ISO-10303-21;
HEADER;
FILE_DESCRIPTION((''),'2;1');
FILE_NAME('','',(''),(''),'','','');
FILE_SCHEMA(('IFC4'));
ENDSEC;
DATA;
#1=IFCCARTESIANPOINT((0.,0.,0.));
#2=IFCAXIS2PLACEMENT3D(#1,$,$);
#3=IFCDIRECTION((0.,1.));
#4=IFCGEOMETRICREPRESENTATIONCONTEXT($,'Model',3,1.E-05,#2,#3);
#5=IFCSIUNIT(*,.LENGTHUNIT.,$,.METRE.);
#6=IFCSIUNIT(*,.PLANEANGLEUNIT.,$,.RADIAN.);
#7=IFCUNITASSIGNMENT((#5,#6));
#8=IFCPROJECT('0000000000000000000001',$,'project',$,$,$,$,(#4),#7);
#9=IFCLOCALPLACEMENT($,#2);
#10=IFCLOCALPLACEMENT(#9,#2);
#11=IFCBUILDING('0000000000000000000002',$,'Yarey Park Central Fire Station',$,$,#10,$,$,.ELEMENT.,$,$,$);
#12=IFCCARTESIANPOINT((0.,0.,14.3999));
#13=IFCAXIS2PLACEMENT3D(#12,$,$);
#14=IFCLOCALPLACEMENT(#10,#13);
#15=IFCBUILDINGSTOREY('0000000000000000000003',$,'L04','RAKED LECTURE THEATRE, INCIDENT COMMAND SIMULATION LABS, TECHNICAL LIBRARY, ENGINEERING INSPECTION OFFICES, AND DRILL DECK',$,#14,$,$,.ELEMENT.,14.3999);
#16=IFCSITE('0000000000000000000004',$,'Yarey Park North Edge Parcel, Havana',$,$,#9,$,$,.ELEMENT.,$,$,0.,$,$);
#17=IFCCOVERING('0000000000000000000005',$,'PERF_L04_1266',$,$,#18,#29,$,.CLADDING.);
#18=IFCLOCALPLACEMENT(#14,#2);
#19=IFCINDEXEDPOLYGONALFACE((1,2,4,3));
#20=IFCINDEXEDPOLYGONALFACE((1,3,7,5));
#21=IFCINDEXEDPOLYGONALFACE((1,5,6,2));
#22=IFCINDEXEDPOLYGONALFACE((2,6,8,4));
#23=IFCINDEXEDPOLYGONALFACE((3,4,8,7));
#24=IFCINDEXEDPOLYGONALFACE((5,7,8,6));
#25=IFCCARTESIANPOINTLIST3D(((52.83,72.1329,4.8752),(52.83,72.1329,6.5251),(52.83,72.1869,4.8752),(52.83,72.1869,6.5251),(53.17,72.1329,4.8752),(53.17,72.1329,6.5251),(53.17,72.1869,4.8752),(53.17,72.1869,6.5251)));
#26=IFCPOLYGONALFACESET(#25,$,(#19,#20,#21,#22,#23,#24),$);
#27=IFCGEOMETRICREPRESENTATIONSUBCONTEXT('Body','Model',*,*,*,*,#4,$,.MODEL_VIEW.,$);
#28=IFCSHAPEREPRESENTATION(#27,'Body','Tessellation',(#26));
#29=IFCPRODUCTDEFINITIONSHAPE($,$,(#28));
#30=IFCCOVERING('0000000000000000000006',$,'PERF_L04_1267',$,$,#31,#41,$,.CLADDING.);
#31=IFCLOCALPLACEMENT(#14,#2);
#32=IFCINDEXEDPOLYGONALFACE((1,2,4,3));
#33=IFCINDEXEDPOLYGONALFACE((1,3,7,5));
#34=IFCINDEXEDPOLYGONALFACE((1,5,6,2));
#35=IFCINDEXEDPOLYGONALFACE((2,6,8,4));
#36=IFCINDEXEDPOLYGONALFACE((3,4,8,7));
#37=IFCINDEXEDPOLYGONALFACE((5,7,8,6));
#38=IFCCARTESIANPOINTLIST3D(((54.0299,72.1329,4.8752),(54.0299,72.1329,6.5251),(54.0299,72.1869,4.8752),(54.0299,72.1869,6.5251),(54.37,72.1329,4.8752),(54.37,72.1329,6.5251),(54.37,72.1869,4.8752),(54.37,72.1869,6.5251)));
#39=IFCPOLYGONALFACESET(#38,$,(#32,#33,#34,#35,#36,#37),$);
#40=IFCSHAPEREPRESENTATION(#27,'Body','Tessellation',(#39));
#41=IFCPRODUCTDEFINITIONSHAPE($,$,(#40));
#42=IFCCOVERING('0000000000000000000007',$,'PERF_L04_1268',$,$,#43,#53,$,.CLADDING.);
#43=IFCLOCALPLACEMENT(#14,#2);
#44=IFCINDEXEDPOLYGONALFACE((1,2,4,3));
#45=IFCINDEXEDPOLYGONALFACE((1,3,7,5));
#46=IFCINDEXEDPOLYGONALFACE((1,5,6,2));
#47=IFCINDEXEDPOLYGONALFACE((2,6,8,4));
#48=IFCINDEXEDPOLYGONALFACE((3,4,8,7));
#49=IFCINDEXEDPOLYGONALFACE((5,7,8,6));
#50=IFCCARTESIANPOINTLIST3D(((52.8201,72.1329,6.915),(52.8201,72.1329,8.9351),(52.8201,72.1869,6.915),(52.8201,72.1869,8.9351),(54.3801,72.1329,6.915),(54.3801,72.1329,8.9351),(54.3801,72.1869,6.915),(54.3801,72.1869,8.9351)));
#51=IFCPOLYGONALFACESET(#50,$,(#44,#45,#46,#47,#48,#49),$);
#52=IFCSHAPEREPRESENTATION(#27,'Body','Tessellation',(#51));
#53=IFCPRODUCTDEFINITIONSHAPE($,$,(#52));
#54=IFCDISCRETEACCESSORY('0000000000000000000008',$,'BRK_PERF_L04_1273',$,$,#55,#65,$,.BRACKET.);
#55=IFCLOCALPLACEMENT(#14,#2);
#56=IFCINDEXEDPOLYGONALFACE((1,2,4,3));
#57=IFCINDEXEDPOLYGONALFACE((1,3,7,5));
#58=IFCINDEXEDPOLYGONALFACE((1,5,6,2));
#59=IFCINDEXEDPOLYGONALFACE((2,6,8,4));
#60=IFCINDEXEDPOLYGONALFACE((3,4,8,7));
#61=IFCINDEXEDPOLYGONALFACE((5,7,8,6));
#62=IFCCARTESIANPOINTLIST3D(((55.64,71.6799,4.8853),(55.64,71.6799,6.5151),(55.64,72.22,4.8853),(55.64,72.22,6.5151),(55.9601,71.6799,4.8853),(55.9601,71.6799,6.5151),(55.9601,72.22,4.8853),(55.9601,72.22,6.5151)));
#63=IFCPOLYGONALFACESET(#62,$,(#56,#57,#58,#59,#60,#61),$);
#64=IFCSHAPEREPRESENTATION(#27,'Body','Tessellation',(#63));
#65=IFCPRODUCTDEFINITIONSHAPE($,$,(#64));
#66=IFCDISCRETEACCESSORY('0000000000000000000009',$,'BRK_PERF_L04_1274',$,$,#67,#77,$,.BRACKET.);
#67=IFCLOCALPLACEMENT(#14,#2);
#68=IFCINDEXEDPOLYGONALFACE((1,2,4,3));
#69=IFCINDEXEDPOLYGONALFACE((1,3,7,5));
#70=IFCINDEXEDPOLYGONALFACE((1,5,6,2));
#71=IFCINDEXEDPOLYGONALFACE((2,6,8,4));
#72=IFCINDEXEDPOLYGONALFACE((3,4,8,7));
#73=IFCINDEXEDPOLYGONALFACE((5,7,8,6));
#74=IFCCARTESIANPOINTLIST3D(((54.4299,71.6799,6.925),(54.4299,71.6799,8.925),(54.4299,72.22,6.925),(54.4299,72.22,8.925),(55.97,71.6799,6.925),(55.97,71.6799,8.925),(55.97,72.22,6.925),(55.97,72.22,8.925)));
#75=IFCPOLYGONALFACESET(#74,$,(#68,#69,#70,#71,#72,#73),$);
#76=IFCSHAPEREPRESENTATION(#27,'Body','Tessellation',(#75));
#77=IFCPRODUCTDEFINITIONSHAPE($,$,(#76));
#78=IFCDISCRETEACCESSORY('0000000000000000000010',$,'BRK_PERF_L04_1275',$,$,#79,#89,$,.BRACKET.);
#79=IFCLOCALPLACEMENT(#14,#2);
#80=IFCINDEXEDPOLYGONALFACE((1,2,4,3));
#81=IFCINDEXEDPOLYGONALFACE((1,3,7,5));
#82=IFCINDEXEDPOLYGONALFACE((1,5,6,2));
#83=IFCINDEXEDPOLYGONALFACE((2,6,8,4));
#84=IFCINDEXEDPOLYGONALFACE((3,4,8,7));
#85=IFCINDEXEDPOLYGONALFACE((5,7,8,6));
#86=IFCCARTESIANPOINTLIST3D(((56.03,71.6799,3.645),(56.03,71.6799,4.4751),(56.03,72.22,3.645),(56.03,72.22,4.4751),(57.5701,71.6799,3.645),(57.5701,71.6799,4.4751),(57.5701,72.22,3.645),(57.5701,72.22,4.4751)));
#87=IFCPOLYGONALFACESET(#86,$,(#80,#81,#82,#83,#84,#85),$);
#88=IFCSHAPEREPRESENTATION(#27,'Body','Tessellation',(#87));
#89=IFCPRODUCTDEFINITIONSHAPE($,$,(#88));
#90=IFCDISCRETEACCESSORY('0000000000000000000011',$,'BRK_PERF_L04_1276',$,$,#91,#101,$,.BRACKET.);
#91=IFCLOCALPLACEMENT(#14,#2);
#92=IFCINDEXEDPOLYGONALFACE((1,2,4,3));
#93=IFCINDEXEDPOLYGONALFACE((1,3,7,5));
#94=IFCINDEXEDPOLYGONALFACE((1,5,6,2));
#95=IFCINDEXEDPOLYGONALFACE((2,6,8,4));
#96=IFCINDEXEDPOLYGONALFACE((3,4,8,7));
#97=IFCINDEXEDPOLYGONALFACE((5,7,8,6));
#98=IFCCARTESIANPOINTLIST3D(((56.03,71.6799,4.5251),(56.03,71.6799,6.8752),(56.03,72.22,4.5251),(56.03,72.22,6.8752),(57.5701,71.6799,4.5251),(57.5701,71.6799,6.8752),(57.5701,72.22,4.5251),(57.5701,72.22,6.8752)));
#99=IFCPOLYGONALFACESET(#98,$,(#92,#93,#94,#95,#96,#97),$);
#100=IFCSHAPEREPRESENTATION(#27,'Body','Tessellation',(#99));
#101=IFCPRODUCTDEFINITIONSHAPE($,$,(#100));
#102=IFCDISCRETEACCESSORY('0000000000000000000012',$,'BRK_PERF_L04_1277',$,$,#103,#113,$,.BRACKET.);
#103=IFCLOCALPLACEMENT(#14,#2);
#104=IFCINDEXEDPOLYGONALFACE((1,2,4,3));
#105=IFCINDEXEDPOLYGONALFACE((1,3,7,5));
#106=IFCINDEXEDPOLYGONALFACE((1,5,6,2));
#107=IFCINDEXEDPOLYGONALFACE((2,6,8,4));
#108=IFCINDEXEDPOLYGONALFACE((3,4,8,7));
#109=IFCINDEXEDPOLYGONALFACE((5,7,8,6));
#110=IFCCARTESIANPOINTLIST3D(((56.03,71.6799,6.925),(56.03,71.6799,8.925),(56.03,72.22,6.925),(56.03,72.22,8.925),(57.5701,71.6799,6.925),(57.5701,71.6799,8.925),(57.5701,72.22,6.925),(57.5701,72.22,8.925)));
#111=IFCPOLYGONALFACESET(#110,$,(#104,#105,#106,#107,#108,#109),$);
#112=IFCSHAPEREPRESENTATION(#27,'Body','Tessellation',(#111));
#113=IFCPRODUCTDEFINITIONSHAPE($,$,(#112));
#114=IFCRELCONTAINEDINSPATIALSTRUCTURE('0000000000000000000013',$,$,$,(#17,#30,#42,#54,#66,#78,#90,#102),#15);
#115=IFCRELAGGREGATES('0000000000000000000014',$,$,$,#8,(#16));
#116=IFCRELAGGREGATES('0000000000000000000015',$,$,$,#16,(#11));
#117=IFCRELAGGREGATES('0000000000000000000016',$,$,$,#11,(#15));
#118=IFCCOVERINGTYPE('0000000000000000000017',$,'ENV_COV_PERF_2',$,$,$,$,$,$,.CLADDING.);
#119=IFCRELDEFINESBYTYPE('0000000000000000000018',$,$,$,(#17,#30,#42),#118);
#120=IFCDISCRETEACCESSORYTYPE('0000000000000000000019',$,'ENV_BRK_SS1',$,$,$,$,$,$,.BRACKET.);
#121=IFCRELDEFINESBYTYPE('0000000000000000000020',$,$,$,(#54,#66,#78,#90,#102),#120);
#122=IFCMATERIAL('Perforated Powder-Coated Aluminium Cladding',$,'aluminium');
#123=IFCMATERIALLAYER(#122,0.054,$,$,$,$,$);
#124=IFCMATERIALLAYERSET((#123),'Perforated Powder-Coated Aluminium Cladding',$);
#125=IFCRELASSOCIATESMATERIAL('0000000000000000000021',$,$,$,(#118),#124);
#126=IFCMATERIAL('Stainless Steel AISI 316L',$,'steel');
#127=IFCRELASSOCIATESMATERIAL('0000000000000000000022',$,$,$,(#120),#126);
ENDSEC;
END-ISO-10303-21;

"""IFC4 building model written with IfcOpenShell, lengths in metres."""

from ifc_helpers import new_model, si_unit, direction, frame, origin, origin_2d, place, context, subcontext, project, spatial, rectangle, extrude, material, layer, layer_set, type_object, element, save


model = new_model("IFC4")

# Units and contexts
model_context = context("Model", 3, precision=1e-05, world=origin(), true_north=direction((0.0, 1.0)))
body_context = subcontext(model_context, "Body", "Model", "MODEL_VIEW")
ifc_project = project(units=[si_unit("LENGTHUNIT", "METRE"), si_unit("PLANEANGLEUNIT", "RADIAN")], contexts=[model_context])

# Site, building, storey
site_placement = place(None, origin())
site = spatial("IfcSite", under=ifc_project, at=site_placement, Name="Yarey Park North Edge Parcel, Havana", CompositionType="ELEMENT", RefElevation=0.0)
building_placement = place(site_placement, origin())
building = spatial("IfcBuilding", under=site, at=building_placement, Name="Yarey Park Central Fire Station", CompositionType="ELEMENT")
storey_placement = place(building_placement, frame((0.0, 0.0, 14.3999)))
storey = spatial("IfcBuildingStorey", under=building, at=storey_placement, Name="L04", Description="RAKED LECTURE THEATRE, INCIDENT COMMAND SIMULATION LABS, TECHNICAL LIBRARY, ENGINEERING INSPECTION OFFICES, AND DRILL DECK", CompositionType="ELEMENT", Elevation=14.3999)

# Coverings
ifc_material_1 = material(Name="Perforated Powder-Coated Aluminium Cladding", Category="aluminium")
ifc_layer_1 = layer(ifc_material_1, 0.054)
ifc_layer_set_1 = layer_set([ifc_layer_1], Name="Perforated Powder-Coated Aluminium Cladding")
covering_type_1 = type_object("IfcCoveringType", Name="ENV_COV_PERF_2", PredefinedType="CLADDING", material=ifc_layer_set_1)
for number, where, z_axis, x_axis, name in (
    (1, (53.0, 72.1599, 4.8752), (0.0, 0.0, 1.0), (1.0, 0.0, 0.0), "PERF_L04_1266"),
    (2, (54.2, 72.1599, 4.8752), (0.0, 0.0, 1.0), (1.0, 0.0, 0.0), "PERF_L04_1267"),
):
    element("IfcCovering", number, at=place(storey_placement, frame(where, z_axis=z_axis, x_axis=x_axis)), inside=storey, type_object=covering_type_1, Name=name, PredefinedType="CLADDING", context=body_context, shape_type="SweptSolid", body=[
        extrude(rectangle(XDim=0.3401, YDim=0.054, at=origin_2d()), origin(), (0.0, 0.0, 1.0), 1.6499),
    ])
covering_1_placement = place(storey_placement, frame((53.6001, 72.1599, 6.915), z_axis=(0.0, 0.0, 1.0), x_axis=(1.0, 0.0, 0.0)))
element("IfcCovering", 3, at=covering_1_placement, inside=storey, type_object=covering_type_1, Name="PERF_L04_1268", PredefinedType="CLADDING", context=body_context, shape_type="SweptSolid", body=[
    extrude(rectangle(XDim=1.5601, YDim=0.054, at=origin_2d()), origin(), (0.0, 0.0, 1.0), 2.02),
])

# Discrete accessories
ifc_material_2 = material(Name="Stainless Steel AISI 316L", Category="steel")
discrete_accessory_type = type_object("IfcDiscreteAccessoryType", Name="ENV_BRK_SS1", PredefinedType="BRACKET", material=ifc_material_2)
discrete_accessory_1_placement = place(storey_placement, frame((55.8, 71.95, 4.8853), z_axis=(0.0, 0.0, 1.0), x_axis=(1.0, 0.0, 0.0)))
element("IfcDiscreteAccessory", 4, at=discrete_accessory_1_placement, inside=storey, type_object=discrete_accessory_type, Name="BRK_PERF_L04_1273", PredefinedType="BRACKET", context=body_context, shape_type="SweptSolid", body=[
    extrude(rectangle(XDim=0.3201, YDim=0.54, at=origin_2d()), origin(), (0.0, 0.0, 1.0), 1.6299),
])
discrete_accessory_2_placement = place(storey_placement, frame((55.2, 71.95, 6.925), z_axis=(0.0, 0.0, 1.0), x_axis=(1.0, 0.0, 0.0)))
element("IfcDiscreteAccessory", 5, at=discrete_accessory_2_placement, inside=storey, type_object=discrete_accessory_type, Name="BRK_PERF_L04_1274", PredefinedType="BRACKET", context=body_context, shape_type="SweptSolid", body=[
    extrude(rectangle(XDim=1.54, YDim=0.54, at=origin_2d()), origin(), (0.0, 0.0, 1.0), 2.0),
])
discrete_accessory_3_placement = place(storey_placement, frame((56.8, 71.95, 3.645), z_axis=(0.0, 0.0, 1.0), x_axis=(1.0, 0.0, 0.0)))
element("IfcDiscreteAccessory", 6, at=discrete_accessory_3_placement, inside=storey, type_object=discrete_accessory_type, Name="BRK_PERF_L04_1275", PredefinedType="BRACKET", context=body_context, shape_type="SweptSolid", body=[
    extrude(rectangle(XDim=1.54, YDim=0.54, at=origin_2d()), origin(), (0.0, 0.0, 1.0), 0.8301),
])
discrete_accessory_4_placement = place(storey_placement, frame((56.8, 71.95, 4.5251), z_axis=(0.0, 0.0, 1.0), x_axis=(1.0, 0.0, 0.0)))
element("IfcDiscreteAccessory", 7, at=discrete_accessory_4_placement, inside=storey, type_object=discrete_accessory_type, Name="BRK_PERF_L04_1276", PredefinedType="BRACKET", context=body_context, shape_type="SweptSolid", body=[
    extrude(rectangle(XDim=1.54, YDim=0.54, at=origin_2d()), origin(), (0.0, 0.0, 1.0), 2.3501),
])
discrete_accessory_5_placement = place(storey_placement, frame((56.8, 71.95, 6.925), z_axis=(0.0, 0.0, 1.0), x_axis=(1.0, 0.0, 0.0)))
element("IfcDiscreteAccessory", 8, at=discrete_accessory_5_placement, inside=storey, type_object=discrete_accessory_type, Name="BRK_PERF_L04_1277", PredefinedType="BRACKET", context=body_context, shape_type="SweptSolid", body=[
    extrude(rectangle(XDim=1.54, YDim=0.54, at=origin_2d()), origin(), (0.0, 0.0, 1.0), 2.0),
])

save(model, "model.ifc")
